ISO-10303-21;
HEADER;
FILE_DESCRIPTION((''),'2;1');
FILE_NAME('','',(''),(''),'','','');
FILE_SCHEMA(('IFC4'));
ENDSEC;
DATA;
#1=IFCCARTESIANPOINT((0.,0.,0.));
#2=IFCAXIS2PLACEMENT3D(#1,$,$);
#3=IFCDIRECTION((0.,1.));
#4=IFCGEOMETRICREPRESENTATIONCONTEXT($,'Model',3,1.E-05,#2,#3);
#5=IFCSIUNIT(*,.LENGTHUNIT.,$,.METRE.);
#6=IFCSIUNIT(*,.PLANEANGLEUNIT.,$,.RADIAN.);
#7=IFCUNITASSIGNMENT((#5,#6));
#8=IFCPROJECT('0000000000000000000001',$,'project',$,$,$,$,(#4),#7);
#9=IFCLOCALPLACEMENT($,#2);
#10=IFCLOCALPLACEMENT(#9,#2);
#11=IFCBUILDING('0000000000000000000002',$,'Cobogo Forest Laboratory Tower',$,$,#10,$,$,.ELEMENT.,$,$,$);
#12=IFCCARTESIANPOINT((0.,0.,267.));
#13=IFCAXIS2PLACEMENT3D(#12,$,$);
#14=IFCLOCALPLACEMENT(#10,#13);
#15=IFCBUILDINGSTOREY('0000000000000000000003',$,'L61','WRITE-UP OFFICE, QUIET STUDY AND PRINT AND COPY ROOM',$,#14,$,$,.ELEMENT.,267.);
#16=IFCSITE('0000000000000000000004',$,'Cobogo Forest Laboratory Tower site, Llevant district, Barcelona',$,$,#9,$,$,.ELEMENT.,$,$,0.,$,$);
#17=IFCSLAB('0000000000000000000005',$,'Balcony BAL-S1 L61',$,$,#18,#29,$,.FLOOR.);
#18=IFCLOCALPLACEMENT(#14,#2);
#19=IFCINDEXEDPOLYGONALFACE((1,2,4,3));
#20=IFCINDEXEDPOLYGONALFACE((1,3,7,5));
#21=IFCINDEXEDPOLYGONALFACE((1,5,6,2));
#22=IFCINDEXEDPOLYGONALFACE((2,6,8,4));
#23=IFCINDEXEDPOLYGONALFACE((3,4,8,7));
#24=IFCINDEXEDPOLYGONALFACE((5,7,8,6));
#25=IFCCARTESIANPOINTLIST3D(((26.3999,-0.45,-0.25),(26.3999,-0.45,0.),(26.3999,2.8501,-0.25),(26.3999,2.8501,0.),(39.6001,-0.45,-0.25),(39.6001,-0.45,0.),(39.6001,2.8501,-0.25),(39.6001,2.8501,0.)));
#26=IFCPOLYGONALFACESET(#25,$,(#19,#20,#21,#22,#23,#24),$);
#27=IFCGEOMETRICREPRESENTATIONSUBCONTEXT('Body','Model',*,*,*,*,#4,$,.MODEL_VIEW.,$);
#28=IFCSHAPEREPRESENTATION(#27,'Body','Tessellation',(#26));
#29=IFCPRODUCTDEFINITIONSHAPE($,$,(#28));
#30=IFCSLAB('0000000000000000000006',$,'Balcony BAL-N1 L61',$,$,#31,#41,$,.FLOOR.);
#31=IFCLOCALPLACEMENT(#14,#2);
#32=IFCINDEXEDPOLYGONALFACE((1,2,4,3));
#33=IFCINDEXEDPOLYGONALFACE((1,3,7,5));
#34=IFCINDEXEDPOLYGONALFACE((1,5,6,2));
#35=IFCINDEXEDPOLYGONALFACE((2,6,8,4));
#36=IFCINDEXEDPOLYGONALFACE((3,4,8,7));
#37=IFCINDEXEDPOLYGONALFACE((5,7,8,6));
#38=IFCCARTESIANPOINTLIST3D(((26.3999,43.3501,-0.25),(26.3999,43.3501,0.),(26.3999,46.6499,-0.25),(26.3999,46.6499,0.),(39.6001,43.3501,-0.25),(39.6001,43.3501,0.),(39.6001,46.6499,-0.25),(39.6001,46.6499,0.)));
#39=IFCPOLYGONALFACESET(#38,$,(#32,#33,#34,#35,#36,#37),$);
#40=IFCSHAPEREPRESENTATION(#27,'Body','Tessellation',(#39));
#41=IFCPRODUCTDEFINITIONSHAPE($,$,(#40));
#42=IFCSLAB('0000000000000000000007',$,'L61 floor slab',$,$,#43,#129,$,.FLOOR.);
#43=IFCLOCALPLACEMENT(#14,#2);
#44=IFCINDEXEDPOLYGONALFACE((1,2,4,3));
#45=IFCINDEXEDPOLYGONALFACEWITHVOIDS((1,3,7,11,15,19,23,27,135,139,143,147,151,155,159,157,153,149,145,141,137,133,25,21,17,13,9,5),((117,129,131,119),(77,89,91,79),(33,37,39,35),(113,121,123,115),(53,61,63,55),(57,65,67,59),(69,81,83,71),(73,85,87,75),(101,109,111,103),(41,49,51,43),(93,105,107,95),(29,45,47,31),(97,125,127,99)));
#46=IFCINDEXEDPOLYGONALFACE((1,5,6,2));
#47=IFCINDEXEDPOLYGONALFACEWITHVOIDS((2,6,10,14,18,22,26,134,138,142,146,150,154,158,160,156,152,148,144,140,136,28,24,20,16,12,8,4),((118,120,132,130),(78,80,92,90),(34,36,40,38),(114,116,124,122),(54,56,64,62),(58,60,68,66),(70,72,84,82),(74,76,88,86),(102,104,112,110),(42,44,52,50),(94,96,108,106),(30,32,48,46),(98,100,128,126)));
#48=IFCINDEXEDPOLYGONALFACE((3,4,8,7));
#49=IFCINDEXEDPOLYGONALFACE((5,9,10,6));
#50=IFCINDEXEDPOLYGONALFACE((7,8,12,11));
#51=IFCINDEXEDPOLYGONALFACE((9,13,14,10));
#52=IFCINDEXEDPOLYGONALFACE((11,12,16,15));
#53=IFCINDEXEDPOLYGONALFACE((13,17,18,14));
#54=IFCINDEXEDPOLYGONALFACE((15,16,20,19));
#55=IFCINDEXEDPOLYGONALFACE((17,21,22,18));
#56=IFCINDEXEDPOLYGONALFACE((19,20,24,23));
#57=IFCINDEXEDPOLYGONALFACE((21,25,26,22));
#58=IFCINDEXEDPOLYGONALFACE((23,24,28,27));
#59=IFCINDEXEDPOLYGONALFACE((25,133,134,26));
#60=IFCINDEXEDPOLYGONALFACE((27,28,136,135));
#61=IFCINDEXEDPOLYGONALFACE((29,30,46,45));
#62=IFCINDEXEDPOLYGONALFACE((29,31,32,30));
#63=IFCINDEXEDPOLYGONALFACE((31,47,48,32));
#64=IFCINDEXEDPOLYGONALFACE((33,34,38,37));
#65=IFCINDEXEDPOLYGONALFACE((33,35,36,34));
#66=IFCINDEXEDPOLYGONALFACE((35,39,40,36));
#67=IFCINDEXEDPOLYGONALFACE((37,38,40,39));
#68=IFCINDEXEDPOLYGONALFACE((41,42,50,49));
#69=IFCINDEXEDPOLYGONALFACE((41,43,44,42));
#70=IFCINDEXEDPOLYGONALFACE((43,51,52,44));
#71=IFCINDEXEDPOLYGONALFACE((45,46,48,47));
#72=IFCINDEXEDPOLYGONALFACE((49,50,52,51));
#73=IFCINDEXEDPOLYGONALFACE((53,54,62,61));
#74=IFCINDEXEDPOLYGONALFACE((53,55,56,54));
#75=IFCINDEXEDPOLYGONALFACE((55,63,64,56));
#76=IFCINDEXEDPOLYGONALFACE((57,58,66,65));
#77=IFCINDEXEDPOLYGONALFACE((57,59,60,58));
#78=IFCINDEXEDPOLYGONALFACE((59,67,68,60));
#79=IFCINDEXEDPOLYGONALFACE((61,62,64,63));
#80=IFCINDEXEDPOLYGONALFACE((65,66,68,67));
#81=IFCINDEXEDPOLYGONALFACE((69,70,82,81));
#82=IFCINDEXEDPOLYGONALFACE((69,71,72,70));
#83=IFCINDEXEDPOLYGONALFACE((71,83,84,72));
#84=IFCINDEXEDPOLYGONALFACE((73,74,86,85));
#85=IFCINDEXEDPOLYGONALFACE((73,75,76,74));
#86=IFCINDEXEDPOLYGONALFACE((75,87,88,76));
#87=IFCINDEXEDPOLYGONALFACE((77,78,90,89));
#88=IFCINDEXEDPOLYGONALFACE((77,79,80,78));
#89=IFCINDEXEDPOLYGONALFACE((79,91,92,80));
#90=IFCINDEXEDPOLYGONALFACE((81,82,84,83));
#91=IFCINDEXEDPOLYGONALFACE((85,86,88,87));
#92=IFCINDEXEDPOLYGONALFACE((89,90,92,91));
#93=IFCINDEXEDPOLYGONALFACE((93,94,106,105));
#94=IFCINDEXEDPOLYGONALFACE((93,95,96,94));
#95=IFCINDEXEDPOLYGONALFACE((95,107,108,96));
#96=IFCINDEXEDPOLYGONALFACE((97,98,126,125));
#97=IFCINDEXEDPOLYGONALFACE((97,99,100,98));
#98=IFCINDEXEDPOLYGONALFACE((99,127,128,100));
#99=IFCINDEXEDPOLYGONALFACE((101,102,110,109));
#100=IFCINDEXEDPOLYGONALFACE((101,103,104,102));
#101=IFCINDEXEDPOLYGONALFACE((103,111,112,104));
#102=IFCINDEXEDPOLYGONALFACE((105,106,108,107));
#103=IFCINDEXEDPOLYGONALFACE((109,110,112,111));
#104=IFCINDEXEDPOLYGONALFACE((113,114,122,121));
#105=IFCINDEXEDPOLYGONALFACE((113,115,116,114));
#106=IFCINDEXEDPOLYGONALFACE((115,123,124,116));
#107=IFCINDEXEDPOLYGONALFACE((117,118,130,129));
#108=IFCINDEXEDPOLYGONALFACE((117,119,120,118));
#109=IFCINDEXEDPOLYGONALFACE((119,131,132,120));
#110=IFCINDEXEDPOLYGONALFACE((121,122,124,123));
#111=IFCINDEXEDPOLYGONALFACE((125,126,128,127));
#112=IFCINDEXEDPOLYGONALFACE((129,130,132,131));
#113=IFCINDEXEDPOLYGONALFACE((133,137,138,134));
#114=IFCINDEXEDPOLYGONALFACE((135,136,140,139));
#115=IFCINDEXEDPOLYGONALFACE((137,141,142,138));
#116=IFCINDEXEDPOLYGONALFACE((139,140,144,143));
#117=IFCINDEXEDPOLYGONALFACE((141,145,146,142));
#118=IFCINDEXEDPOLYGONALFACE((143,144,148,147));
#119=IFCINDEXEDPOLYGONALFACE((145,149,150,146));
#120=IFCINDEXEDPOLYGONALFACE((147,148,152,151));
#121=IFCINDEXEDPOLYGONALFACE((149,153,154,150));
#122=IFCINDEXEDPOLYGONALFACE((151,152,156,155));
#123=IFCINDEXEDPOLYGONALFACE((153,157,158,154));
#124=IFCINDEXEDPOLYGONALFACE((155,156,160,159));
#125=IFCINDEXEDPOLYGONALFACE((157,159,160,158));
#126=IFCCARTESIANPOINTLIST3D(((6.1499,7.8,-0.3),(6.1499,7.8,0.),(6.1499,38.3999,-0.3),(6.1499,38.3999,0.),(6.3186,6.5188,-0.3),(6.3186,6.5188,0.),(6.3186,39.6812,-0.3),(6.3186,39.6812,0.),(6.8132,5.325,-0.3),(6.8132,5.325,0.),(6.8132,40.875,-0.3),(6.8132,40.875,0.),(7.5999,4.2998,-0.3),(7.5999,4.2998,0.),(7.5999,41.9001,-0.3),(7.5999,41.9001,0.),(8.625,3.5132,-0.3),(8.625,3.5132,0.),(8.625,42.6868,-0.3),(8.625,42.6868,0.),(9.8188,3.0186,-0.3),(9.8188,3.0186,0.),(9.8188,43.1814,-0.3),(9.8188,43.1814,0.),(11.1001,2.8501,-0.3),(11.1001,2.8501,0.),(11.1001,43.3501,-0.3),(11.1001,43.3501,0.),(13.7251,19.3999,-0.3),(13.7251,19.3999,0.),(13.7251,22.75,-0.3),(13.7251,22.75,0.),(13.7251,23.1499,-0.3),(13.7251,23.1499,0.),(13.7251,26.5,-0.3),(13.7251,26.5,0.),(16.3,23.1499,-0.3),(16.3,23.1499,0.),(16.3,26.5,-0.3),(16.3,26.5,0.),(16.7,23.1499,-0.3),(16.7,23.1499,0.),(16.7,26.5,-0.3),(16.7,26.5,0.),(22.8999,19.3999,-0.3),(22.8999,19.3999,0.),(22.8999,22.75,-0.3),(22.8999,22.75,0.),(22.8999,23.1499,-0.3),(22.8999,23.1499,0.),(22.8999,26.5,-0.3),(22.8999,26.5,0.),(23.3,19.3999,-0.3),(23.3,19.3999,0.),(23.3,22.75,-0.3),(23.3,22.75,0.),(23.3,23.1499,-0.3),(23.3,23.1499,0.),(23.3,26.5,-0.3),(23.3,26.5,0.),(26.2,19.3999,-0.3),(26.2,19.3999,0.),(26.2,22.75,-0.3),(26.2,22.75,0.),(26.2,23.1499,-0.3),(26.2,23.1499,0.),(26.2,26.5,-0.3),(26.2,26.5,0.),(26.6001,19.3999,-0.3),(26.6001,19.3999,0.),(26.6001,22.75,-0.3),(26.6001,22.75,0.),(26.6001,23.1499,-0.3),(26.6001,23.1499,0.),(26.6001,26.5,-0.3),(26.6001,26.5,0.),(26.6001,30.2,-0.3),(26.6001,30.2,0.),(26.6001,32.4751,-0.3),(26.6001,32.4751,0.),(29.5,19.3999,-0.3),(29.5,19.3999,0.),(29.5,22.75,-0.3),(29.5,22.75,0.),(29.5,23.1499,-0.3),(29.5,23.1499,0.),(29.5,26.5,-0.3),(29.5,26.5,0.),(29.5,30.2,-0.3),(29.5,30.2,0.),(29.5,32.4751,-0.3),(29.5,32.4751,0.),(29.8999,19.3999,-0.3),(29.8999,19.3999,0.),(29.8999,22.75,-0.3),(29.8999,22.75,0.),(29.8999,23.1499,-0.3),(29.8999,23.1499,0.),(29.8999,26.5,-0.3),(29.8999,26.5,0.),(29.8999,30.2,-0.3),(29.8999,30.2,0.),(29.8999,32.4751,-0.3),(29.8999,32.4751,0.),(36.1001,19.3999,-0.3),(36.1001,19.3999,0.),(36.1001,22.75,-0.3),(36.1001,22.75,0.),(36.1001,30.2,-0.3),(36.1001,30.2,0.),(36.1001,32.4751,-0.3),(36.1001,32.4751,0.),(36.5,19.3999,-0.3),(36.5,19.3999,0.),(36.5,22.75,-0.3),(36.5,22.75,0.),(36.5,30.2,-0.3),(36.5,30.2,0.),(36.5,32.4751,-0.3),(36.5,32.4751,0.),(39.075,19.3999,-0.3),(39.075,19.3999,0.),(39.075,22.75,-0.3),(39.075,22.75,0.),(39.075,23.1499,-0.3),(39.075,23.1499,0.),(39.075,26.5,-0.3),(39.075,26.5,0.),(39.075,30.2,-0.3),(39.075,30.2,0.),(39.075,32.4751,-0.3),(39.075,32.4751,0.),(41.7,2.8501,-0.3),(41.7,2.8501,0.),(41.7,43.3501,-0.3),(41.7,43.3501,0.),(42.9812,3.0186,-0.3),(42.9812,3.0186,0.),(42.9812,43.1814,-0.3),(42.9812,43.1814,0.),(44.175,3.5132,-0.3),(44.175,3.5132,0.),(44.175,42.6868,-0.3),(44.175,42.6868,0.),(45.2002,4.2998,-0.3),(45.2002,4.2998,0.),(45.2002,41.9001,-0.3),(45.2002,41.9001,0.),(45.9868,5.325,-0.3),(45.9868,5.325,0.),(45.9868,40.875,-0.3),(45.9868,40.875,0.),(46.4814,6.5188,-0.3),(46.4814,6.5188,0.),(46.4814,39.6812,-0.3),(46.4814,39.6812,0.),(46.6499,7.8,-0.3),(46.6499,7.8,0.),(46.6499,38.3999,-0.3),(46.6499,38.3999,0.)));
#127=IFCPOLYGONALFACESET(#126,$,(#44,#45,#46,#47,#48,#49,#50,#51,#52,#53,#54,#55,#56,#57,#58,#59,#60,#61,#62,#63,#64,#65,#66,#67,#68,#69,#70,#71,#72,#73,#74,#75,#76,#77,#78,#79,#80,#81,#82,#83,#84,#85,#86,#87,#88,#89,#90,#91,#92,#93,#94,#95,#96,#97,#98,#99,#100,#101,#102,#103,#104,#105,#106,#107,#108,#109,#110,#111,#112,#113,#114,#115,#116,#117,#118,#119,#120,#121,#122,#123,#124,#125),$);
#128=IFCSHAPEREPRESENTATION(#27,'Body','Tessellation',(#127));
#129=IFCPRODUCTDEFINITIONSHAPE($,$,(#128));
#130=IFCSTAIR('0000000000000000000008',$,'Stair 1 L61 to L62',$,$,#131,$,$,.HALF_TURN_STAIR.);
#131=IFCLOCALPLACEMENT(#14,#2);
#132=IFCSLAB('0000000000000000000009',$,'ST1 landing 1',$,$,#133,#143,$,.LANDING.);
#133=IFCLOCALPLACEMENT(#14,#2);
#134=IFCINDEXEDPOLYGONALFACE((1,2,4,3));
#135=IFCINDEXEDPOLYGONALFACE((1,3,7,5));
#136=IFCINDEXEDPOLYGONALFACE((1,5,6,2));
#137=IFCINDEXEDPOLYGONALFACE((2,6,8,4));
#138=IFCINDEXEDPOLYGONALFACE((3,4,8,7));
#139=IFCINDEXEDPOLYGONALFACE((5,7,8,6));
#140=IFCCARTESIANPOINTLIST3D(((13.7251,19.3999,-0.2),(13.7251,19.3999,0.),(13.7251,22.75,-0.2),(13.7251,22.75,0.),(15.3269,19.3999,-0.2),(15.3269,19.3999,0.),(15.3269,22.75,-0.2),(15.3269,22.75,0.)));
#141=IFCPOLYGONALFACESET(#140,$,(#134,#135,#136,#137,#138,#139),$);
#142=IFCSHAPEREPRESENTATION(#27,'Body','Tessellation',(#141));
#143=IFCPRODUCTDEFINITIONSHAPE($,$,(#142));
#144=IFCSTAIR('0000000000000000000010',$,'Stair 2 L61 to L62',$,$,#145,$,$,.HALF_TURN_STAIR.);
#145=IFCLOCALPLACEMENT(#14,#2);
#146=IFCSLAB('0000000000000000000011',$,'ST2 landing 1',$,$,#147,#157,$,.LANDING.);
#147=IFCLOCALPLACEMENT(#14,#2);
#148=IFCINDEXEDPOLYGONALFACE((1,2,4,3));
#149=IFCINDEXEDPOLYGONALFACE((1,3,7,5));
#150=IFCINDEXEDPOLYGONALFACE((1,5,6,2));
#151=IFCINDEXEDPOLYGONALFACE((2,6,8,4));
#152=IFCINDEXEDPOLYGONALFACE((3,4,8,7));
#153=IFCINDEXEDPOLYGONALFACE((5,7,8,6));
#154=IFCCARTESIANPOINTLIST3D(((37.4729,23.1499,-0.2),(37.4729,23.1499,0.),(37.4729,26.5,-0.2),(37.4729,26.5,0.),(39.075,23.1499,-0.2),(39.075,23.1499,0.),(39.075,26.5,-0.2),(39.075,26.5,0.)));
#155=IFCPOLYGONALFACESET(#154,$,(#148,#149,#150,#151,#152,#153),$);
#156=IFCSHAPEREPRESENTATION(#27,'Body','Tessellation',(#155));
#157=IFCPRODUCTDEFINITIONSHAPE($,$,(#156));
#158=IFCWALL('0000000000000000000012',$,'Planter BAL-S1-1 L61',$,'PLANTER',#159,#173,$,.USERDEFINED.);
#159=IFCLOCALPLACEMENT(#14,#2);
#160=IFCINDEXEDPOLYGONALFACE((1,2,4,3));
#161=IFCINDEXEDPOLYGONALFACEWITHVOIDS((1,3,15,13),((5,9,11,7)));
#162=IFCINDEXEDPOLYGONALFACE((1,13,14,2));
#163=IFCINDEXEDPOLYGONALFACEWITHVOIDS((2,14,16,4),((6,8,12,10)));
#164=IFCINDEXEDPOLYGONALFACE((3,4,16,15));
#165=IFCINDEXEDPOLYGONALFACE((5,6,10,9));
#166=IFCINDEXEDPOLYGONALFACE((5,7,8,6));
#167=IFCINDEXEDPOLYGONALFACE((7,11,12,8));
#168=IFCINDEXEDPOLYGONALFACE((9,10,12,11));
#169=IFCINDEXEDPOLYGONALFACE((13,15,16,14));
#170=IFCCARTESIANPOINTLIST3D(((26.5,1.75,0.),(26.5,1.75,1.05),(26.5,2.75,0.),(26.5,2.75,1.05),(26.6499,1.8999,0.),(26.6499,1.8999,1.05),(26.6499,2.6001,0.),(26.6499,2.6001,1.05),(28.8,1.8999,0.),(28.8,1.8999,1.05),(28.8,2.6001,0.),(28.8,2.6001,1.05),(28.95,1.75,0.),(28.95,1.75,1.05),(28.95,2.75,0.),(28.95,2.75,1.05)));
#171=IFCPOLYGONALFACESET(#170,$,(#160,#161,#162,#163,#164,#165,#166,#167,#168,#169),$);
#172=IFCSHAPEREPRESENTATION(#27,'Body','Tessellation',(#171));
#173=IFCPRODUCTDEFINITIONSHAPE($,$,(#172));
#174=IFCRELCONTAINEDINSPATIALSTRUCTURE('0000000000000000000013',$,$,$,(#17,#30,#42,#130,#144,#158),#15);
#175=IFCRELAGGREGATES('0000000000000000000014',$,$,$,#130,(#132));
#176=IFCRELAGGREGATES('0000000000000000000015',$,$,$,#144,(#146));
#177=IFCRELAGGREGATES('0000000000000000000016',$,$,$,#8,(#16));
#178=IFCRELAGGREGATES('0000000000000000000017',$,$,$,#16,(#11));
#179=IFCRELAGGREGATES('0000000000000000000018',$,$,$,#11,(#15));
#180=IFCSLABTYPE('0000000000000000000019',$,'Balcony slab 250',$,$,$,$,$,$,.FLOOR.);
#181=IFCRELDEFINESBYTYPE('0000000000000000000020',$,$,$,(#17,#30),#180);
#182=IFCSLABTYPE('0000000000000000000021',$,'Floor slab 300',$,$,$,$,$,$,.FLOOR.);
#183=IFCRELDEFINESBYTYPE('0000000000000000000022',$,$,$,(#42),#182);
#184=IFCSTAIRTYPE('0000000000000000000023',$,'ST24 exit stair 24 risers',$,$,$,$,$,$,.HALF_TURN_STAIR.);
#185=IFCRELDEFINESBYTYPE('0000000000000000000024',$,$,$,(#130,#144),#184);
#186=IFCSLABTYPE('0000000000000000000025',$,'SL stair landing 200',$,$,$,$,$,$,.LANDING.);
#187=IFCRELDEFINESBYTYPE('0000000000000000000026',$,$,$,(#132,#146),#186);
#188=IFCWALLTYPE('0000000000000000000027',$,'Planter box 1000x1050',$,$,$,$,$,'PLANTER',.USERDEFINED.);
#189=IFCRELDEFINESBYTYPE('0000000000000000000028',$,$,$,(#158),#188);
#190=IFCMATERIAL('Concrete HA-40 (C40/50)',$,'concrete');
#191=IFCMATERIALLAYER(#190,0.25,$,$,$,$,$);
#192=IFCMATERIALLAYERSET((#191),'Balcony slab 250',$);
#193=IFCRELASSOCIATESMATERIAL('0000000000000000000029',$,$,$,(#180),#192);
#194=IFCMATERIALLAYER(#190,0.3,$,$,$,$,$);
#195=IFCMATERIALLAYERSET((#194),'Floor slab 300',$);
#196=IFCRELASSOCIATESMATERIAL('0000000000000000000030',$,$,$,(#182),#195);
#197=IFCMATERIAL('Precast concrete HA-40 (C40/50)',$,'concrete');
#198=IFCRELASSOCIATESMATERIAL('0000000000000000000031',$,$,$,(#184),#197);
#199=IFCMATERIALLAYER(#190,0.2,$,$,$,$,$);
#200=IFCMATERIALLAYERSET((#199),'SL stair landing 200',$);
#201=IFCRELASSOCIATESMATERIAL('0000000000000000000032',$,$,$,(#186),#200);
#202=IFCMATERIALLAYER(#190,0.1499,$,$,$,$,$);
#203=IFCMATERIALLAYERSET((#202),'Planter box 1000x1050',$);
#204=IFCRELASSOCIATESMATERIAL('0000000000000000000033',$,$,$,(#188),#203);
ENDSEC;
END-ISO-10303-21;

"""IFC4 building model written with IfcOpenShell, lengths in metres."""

from ifc_helpers import new_model, si_unit, direction, frame, origin, place, context, subcontext, project, spatial, polyline, outline, extrude, material, layer, layer_set, type_object, element, aggregate, save


model = new_model("IFC4")

# Units and contexts
model_context = context("Model", 3, precision=1e-05, world=origin(), true_north=direction((0.0, 1.0)))
body_context = subcontext(model_context, "Body", "Model", "MODEL_VIEW")
ifc_project = project(units=[si_unit("LENGTHUNIT", "METRE"), si_unit("PLANEANGLEUNIT", "RADIAN")], contexts=[model_context])

# Site, building, storey
site_placement = place(None, origin())
site = spatial("IfcSite", under=ifc_project, at=site_placement, Name="Cobogo Forest Laboratory Tower site, Llevant district, Barcelona", CompositionType="ELEMENT", RefElevation=0.0)
building_placement = place(site_placement, origin())
building = spatial("IfcBuilding", under=site, at=building_placement, Name="Cobogo Forest Laboratory Tower", CompositionType="ELEMENT")
storey_placement = place(building_placement, frame((0.0, 0.0, 267.0)))
storey = spatial("IfcBuildingStorey", under=building, at=storey_placement, Name="L61", Description="WRITE-UP OFFICE, QUIET STUDY AND PRINT AND COPY ROOM", CompositionType="ELEMENT", Elevation=267.0)

# Slabs
ifc_material_1 = material(Name="Concrete HA-40 (C40/50)", Category="concrete")
ifc_layer_1 = layer(ifc_material_1, 0.25)
ifc_layer_set_1 = layer_set([ifc_layer_1], Name="Balcony slab 250")
slab_type_1 = type_object("IfcSlabType", Name="Balcony slab 250", PredefinedType="FLOOR", material=ifc_layer_set_1)
slab_1_placement = place(storey_placement, frame((0.0, 0.0, -0.25)))
element("IfcSlab", 1, at=slab_1_placement, inside=storey, type_object=slab_type_1, Name="Balcony BAL-S1 L61", PredefinedType="FLOOR", context=body_context, shape_type="SweptSolid", body=[
    extrude(outline(polyline([(26.3999, -0.45), (39.6001, -0.45), (39.6001, 2.8501), (26.3999, 2.8501), (26.3999, -0.45)])), origin(), (0.0, 0.0, 1.0), 0.25),
])
slab_2_placement = place(storey_placement, frame((0.0, 0.0, -0.25)))
element("IfcSlab", 2, at=slab_2_placement, inside=storey, type_object=slab_type_1, Name="Balcony BAL-N1 L61", PredefinedType="FLOOR", context=body_context, shape_type="SweptSolid", body=[
    extrude(outline(polyline([(26.3999, 43.3501), (39.6001, 43.3501), (39.6001, 46.6499), (26.3999, 46.6499), (26.3999, 43.3501)])), origin(), (0.0, 0.0, 1.0), 0.25),
])
ifc_layer_2 = layer(ifc_material_1, 0.3)
ifc_layer_set_2 = layer_set([ifc_layer_2], Name="Floor slab 300")
slab_type_2 = type_object("IfcSlabType", Name="Floor slab 300", PredefinedType="FLOOR", material=ifc_layer_set_2)
slab_3_placement = place(storey_placement, frame((0.0, 0.0, -0.3)))
element("IfcSlab", 3, at=slab_3_placement, inside=storey, type_object=slab_type_2, Name="L61 floor slab", PredefinedType="FLOOR", context=body_context, shape_type="SweptSolid", body=[
    extrude(outline(polyline([(41.7, 2.8501), (42.9812, 3.0186), (44.175, 3.5132), (45.2002, 4.2998), (45.9868, 5.325), (46.4814, 6.5188), (46.6499, 7.8), (46.6499, 38.3999), (46.4814, 39.6812), (45.9868, 40.875), (45.2002, 41.9001), (44.175, 42.6868), (42.9812, 43.1814), (41.7, 43.3501), (11.1001, 43.3501), (9.8188, 43.1814), (8.625, 42.6868), (7.5999, 41.9001), (6.8132, 40.875), (6.3186, 39.6812), (6.1499, 38.3999), (6.1499, 7.8), (6.3186, 6.5188), (6.8132, 5.325), (7.5999, 4.2998), (8.625, 3.5132), (9.8188, 3.0186), (11.1001, 2.8501), (41.7, 2.8501)]), holes=[polyline([(22.8999, 19.3999), (13.7251, 19.3999), (13.7251, 22.75), (22.8999, 22.75), (22.8999, 19.3999)]), polyline([(26.2, 19.3999), (23.3, 19.3999), (23.3, 22.75), (26.2, 22.75), (26.2, 19.3999)]), polyline([(29.5, 19.3999), (26.6001, 19.3999), (26.6001, 22.75), (29.5, 22.75), (29.5, 19.3999)]), polyline([(36.1001, 22.75), (36.1001, 19.3999), (29.8999, 19.3999), (29.8999, 22.75), (36.1001, 22.75)]), polyline([(39.075, 19.3999), (36.5, 19.3999), (36.5, 22.75), (39.075, 22.75), (39.075, 19.3999)]), polyline([(16.3, 23.1499), (13.7251, 23.1499), (13.7251, 26.5), (16.3, 26.5), (16.3, 23.1499)]), polyline([(22.8999, 26.5), (22.8999, 23.1499), (16.7, 23.1499), (16.7, 26.5), (22.8999, 26.5)]), polyline([(26.2, 23.1499), (23.3, 23.1499), (23.3, 26.5), (26.2, 26.5), (26.2, 23.1499)]), polyline([(29.5, 23.1499), (26.6001, 23.1499), (26.6001, 26.5), (29.5, 26.5), (29.5, 23.1499)]), polyline([(39.075, 23.1499), (29.8999, 23.1499), (29.8999, 26.5), (39.075, 26.5), (39.075, 23.1499)]), polyline([(29.5, 30.2), (26.6001, 30.2), (26.6001, 32.4751), (29.5, 32.4751), (29.5, 30.2)]), polyline([(36.1001, 32.4751), (36.1001, 30.2), (29.8999, 30.2), (29.8999, 32.4751), (36.1001, 32.4751)]), polyline([(39.075, 30.2), (36.5, 30.2), (36.5, 32.4751), (39.075, 32.4751), (39.075, 30.2)])]), origin(), (0.0, 0.0, 1.0), 0.3),
])

# Stairs, slabs
ifc_material_2 = material(Name="Precast concrete HA-40 (C40/50)", Category="concrete")
stair_type = type_object("IfcStairType", Name="ST24 exit stair 24 risers", PredefinedType="HALF_TURN_STAIR", material=ifc_material_2)
stair_1_placement = place(storey_placement, origin())
stair_1 = element("IfcStair", 4, at=stair_1_placement, inside=storey, type_object=stair_type, Name="Stair 1 L61 to L62", PredefinedType="HALF_TURN_STAIR")
ifc_layer_3 = layer(ifc_material_1, 0.2)
ifc_layer_set_3 = layer_set([ifc_layer_3], Name="SL stair landing 200")
slab_type_3 = type_object("IfcSlabType", Name="SL stair landing 200", PredefinedType="LANDING", material=ifc_layer_set_3)
slab_4_placement = place(storey_placement, frame((0.0, 0.0, -0.2)))
slab_4 = element("IfcSlab", 5, at=slab_4_placement, type_object=slab_type_3, Name="ST1 landing 1", PredefinedType="LANDING", context=body_context, shape_type="SweptSolid", body=[
    extrude(outline(polyline([(13.7251, 19.3999), (15.3269, 19.3999), (15.3269, 22.75), (13.7251, 22.75), (13.7251, 19.3999)])), origin(), (0.0, 0.0, 1.0), 0.2),
])
aggregate(stair_1, [slab_4])
stair_2_placement = place(storey_placement, origin())
stair_2 = element("IfcStair", 6, at=stair_2_placement, inside=storey, type_object=stair_type, Name="Stair 2 L61 to L62", PredefinedType="HALF_TURN_STAIR")
slab_5_placement = place(storey_placement, frame((0.0, 0.0, -0.2)))
slab_5 = element("IfcSlab", 7, at=slab_5_placement, type_object=slab_type_3, Name="ST2 landing 1", PredefinedType="LANDING", context=body_context, shape_type="SweptSolid", body=[
    extrude(outline(polyline([(37.4729, 23.1499), (39.075, 23.1499), (39.075, 26.5), (37.4729, 26.5), (37.4729, 23.1499)])), origin(), (0.0, 0.0, 1.0), 0.2),
])
aggregate(stair_2, [slab_5])

# Wall
ifc_layer_4 = layer(ifc_material_1, 0.1499)
ifc_layer_set_4 = layer_set([ifc_layer_4], Name="Planter box 1000x1050")
wall_type = type_object("IfcWallType", Name="Planter box 1000x1050", ElementType="PLANTER", PredefinedType="USERDEFINED", material=ifc_layer_set_4)
wall_1_placement = place(storey_placement, origin())
element("IfcWall", 8, at=wall_1_placement, inside=storey, type_object=wall_type, Name="Planter BAL-S1-1 L61", ObjectType="PLANTER", PredefinedType="USERDEFINED", context=body_context, shape_type="SweptSolid", body=[
    extrude(outline(polyline([(26.5, 1.75), (28.95, 1.75), (28.95, 2.75), (26.5, 2.75), (26.5, 1.75)]), holes=[polyline([(26.6499, 1.8999), (28.8, 1.8999), (28.8, 2.6001), (26.6499, 2.6001), (26.6499, 1.8999)])]), origin(), (0.0, 0.0, 1.0), 1.05),
])

save(model, "model.ifc")
